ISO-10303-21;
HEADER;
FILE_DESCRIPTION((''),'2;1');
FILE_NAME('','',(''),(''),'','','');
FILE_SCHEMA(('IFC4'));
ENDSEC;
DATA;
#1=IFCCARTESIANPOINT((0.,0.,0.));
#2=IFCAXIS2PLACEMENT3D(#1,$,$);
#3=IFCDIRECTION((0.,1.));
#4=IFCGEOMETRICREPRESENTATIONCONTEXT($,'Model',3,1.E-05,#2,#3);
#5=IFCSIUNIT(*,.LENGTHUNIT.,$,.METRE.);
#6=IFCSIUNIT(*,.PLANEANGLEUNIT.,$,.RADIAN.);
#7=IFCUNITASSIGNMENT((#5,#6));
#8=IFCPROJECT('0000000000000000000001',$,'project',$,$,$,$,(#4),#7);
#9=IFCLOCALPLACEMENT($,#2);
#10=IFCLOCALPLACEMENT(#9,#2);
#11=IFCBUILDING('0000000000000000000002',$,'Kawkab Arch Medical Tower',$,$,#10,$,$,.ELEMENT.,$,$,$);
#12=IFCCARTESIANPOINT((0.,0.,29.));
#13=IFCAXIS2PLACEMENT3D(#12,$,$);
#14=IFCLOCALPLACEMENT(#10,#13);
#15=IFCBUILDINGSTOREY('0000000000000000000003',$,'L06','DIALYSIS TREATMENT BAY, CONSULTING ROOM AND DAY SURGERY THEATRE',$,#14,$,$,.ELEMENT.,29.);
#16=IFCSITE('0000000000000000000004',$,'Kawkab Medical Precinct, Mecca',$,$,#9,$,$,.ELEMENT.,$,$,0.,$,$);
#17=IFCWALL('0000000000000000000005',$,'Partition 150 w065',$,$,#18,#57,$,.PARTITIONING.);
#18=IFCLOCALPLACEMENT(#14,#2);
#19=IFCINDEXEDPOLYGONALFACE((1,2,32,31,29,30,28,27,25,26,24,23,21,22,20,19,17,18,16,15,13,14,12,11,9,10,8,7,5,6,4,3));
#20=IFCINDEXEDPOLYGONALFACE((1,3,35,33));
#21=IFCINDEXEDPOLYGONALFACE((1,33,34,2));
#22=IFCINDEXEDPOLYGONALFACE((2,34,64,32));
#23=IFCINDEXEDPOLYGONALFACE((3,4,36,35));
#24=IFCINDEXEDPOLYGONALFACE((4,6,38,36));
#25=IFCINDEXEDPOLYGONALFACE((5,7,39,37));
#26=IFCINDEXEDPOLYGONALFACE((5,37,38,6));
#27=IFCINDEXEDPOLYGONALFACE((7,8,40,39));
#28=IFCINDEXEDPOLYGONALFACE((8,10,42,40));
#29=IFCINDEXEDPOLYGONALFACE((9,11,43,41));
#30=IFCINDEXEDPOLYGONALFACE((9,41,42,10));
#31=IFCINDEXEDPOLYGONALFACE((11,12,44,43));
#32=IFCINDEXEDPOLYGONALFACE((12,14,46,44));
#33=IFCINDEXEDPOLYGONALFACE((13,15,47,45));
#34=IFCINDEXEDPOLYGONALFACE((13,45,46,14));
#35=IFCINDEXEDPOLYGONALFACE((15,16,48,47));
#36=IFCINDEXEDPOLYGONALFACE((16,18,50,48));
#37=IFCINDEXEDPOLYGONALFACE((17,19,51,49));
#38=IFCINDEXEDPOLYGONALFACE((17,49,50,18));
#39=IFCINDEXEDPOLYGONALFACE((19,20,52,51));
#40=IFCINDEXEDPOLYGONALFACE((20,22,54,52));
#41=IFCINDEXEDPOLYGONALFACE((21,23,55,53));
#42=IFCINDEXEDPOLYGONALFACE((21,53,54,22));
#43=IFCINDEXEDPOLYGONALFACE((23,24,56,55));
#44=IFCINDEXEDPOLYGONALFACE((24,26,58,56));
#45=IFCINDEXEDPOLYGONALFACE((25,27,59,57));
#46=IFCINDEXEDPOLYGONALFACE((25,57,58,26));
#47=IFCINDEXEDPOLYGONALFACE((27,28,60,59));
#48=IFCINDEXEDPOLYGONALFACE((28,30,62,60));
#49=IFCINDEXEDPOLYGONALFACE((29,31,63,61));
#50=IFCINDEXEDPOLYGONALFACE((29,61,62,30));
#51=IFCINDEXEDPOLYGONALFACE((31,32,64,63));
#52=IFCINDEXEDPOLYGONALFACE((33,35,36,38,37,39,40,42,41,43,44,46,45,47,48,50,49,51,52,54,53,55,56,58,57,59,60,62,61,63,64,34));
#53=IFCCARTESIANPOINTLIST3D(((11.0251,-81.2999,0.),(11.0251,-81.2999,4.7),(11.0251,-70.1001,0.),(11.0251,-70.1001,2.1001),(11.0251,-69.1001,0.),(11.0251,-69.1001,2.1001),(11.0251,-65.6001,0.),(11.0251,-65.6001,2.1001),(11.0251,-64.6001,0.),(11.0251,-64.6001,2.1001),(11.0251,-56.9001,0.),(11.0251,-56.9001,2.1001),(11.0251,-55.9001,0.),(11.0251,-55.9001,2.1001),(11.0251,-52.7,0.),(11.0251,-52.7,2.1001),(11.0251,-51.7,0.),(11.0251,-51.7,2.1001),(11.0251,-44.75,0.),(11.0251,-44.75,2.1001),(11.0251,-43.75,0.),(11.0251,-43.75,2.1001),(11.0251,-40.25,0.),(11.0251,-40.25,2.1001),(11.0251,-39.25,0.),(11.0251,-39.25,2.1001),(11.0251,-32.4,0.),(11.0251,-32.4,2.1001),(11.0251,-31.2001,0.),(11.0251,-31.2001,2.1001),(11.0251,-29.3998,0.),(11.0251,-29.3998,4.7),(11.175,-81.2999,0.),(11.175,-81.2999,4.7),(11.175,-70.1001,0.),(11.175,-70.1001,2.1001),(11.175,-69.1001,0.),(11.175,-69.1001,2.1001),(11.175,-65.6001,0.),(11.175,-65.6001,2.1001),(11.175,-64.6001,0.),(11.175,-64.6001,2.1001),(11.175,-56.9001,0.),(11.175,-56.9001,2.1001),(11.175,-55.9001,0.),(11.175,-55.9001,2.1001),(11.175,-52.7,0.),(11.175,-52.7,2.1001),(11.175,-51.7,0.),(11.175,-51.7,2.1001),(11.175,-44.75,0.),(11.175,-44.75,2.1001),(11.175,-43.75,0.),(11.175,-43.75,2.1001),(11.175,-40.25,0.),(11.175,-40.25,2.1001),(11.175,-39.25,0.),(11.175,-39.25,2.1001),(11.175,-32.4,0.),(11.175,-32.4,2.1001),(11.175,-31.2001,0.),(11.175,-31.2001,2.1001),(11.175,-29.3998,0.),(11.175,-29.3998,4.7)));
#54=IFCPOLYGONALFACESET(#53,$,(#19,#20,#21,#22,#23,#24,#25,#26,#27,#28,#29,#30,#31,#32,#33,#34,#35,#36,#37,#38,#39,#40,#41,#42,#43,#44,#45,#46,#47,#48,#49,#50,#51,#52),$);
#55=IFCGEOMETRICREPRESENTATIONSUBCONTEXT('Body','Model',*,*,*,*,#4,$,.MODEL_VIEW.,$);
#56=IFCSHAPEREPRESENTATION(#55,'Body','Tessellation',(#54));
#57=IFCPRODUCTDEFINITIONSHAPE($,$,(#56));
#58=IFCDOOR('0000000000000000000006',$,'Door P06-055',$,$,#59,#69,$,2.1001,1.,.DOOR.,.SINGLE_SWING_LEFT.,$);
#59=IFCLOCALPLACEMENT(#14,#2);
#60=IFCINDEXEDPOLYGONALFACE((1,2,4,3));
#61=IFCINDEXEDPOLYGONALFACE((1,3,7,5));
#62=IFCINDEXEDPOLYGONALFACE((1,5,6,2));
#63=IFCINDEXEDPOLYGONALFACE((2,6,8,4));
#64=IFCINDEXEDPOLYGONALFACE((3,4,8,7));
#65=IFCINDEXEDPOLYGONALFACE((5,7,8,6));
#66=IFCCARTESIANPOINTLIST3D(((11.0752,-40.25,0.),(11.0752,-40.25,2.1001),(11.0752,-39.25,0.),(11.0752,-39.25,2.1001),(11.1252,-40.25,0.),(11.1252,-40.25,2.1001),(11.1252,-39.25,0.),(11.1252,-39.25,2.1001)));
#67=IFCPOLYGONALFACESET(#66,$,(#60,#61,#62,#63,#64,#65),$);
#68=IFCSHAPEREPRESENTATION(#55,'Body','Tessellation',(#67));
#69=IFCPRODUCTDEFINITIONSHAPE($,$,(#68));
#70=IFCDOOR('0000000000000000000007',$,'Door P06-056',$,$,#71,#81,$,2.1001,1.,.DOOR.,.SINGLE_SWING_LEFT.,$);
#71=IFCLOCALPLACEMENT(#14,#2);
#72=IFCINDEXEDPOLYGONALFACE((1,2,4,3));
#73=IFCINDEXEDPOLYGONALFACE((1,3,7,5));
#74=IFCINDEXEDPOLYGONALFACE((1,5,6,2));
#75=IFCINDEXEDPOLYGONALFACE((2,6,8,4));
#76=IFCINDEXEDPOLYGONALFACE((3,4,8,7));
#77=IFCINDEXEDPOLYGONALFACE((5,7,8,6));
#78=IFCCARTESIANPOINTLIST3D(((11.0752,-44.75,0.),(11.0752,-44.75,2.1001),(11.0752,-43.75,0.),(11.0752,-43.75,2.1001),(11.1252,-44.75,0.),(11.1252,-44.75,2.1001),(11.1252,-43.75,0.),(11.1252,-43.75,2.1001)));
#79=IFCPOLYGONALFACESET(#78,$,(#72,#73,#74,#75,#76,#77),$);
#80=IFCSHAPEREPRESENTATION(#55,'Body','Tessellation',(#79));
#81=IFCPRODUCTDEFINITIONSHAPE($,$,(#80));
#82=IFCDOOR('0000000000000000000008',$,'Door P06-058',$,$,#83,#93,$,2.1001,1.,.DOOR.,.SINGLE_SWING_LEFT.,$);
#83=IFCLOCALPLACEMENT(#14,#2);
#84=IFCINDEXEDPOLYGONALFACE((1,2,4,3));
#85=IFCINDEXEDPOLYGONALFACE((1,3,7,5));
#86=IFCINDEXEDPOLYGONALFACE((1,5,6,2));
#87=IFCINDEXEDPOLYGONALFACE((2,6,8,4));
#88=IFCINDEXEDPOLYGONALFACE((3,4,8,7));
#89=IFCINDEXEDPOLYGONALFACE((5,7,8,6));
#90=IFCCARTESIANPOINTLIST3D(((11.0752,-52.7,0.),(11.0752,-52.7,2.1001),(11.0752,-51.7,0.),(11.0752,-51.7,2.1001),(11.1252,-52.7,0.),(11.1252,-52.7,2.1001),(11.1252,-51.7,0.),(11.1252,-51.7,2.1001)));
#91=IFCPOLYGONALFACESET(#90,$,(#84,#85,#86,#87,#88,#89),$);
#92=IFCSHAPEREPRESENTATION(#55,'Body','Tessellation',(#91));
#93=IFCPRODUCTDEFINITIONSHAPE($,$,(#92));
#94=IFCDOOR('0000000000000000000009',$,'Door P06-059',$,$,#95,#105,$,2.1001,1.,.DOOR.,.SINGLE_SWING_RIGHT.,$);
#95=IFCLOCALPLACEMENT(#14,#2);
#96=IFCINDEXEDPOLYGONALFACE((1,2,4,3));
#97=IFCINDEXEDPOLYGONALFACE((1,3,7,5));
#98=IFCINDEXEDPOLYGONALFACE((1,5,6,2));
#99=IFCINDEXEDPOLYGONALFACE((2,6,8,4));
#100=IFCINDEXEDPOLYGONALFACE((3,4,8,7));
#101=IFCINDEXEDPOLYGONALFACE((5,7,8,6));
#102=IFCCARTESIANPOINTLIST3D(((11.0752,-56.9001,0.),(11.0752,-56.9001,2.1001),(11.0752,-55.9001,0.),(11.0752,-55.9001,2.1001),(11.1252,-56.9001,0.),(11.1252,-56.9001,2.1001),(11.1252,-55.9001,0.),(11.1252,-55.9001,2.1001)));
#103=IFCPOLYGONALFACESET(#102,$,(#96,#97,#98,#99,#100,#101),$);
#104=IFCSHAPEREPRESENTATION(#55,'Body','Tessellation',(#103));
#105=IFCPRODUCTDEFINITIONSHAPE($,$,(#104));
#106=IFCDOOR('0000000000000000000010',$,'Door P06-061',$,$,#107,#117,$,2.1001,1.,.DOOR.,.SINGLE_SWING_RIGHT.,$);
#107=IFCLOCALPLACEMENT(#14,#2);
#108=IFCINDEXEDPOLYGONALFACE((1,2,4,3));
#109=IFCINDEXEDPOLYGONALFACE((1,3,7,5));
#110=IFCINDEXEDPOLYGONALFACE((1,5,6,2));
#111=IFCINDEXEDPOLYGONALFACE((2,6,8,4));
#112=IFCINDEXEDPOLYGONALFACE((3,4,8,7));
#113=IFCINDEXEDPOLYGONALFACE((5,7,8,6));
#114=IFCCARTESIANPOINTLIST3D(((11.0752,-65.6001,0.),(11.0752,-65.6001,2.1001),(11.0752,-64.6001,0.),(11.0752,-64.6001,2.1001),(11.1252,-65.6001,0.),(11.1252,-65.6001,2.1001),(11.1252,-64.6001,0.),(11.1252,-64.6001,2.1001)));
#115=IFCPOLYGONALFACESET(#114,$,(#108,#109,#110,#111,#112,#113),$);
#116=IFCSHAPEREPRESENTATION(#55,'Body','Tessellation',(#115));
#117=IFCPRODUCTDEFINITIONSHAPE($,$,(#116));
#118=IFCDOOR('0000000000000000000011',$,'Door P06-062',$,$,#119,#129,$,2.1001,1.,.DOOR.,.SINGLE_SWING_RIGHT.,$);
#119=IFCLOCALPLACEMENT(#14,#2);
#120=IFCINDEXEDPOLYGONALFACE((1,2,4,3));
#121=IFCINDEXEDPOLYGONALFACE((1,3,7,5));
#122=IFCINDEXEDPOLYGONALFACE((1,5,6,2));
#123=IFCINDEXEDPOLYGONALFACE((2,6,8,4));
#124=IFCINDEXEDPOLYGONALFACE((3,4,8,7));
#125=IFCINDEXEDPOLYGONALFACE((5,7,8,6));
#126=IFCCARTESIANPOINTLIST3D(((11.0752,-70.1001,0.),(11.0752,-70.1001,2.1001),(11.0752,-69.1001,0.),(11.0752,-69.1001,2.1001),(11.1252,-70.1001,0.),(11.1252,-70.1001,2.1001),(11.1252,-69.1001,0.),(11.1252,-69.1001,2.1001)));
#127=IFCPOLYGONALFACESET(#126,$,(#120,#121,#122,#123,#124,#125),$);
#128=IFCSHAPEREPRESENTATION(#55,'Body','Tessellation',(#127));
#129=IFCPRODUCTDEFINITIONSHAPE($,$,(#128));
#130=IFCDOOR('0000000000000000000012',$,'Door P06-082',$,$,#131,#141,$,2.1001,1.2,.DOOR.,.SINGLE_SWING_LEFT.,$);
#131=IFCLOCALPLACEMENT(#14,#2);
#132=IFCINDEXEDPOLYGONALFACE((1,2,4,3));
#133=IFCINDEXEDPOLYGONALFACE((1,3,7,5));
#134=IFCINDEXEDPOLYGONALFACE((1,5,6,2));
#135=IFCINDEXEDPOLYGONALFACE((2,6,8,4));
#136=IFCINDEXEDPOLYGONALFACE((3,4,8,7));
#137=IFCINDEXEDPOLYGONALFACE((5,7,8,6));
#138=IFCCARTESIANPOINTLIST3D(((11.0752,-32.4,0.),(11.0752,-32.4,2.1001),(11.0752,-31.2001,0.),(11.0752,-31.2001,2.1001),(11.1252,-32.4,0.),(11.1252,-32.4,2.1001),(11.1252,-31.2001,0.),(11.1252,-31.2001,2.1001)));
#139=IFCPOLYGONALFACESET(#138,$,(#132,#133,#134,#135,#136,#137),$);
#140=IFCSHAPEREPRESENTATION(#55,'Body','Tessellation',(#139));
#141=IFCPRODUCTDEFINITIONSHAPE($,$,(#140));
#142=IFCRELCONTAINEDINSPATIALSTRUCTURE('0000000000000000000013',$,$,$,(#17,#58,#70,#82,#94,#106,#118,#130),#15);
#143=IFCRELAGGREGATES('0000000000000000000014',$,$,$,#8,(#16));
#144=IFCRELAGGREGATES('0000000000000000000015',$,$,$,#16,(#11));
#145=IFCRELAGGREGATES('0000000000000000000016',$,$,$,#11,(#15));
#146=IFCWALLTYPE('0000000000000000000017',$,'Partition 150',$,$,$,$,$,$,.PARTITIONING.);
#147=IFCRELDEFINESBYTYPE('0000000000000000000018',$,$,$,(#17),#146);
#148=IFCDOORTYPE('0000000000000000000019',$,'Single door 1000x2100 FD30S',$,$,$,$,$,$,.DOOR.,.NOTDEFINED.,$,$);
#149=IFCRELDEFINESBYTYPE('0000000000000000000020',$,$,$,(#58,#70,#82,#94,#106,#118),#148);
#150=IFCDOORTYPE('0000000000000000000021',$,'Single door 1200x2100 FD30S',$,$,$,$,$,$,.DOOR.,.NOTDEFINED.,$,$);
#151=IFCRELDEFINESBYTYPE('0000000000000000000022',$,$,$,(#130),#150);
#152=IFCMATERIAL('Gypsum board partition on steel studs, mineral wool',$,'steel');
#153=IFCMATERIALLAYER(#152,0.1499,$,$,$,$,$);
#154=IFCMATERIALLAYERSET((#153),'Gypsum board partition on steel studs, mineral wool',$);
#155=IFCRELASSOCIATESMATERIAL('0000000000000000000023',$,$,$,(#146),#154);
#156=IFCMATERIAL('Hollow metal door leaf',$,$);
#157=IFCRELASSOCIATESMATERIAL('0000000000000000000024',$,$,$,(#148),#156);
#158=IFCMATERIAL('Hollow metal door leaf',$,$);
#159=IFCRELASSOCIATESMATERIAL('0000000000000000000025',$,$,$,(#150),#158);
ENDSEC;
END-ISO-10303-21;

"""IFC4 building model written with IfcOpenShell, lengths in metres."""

from ifc_helpers import new_model, si_unit, direction, frame, frame_2d, origin, place, context, subcontext, project, spatial, rectangle, extrude, material, layer, layer_set, type_object, element, fill, save


model = new_model("IFC4")

# Units and contexts
model_context = context("Model", 3, precision=1e-05, world=origin(), true_north=direction((0.0, 1.0)))
body_context = subcontext(model_context, "Body", "Model", "MODEL_VIEW")
ifc_project = project(units=[si_unit("LENGTHUNIT", "METRE"), si_unit("PLANEANGLEUNIT", "RADIAN")], contexts=[model_context])

# Site, building, storey
site_placement = place(None, origin())
site = spatial("IfcSite", under=ifc_project, at=site_placement, Name="Kawkab Medical Precinct, Mecca", CompositionType="ELEMENT", RefElevation=0.0)
building_placement = place(site_placement, origin())
building = spatial("IfcBuilding", under=site, at=building_placement, Name="Kawkab Arch Medical Tower", CompositionType="ELEMENT")
storey_placement = place(building_placement, frame((0.0, 0.0, 29.0)))
storey = spatial("IfcBuildingStorey", under=building, at=storey_placement, Name="L06", Description="DIALYSIS TREATMENT BAY, CONSULTING ROOM AND DAY SURGERY THEATRE", CompositionType="ELEMENT", Elevation=29.0)

# Shared definitions
ifc_material_1 = material(Name="Gypsum board partition on steel studs, mineral wool", Category="steel")
ifc_layer = layer(ifc_material_1, 0.1499)
ifc_layer_set = layer_set([ifc_layer], Name="Gypsum board partition on steel studs, mineral wool")
wall_type = type_object("IfcWallType", Name="Partition 150", PredefinedType="PARTITIONING", material=ifc_layer_set)
ifc_material_2 = material(Name="Hollow metal door leaf")
door_type_1 = type_object("IfcDoorType", Name="Single door 1000x2100 FD30S", OperationType="NOTDEFINED", PredefinedType="DOOR", material=ifc_material_2)

# Wall, openings, doors
wall_1_placement = place(storey_placement, frame((11.1001, -81.3, 0.0), z_axis=(0.0, 0.0, 1.0), x_axis=(0.0, 1.0, 0.0)))
wall_1 = element("IfcWall", 1, at=wall_1_placement, inside=storey, type_object=wall_type, Name="Partition 150 w065", PredefinedType="PARTITIONING", context=body_context, shape_type="SweptSolid", body=[
    extrude(rectangle(XDim=51.9001, YDim=0.1499, at=frame_2d((25.9502, 0.0))), origin(), (0.0, 0.0, 1.0), 4.7),
])
opening_1_placement = place(wall_1_placement, frame((48.8999, 0.0, 0.0)))
opening_1 = element("IfcOpeningElement", 2, at=opening_1_placement, cuts=wall_1, PredefinedType="OPENING", context=body_context, shape_type="SweptSolid", body=[
    extrude(rectangle(XDim=1.2, YDim=2.1001, at=frame_2d((0.6001, 1.05))), frame((0.0, 0.085, 0.0), z_axis=(0.0, -1.0, 0.0), x_axis=(1.0, 0.0, 0.0)), (0.0, 0.0, 1.0), 0.1699),
])
opening_2_placement = place(wall_1_placement, frame((41.05, 0.0, 0.0)))
opening_2 = element("IfcOpeningElement", 3, at=opening_2_placement, cuts=wall_1, PredefinedType="OPENING", context=body_context, shape_type="SweptSolid", body=[
    extrude(rectangle(XDim=1.0, YDim=2.1001, at=frame_2d((0.5, 1.05))), frame((0.0, 0.085, 0.0), z_axis=(0.0, -1.0, 0.0), x_axis=(1.0, 0.0, 0.0)), (0.0, 0.0, 1.0), 0.1699),
])
opening_3_placement = place(wall_1_placement, frame((36.55, 0.0, 0.0)))
opening_3 = element("IfcOpeningElement", 4, at=opening_3_placement, cuts=wall_1, PredefinedType="OPENING", context=body_context, shape_type="SweptSolid", body=[
    extrude(rectangle(XDim=1.0, YDim=2.1001, at=frame_2d((0.5, 1.05))), frame((0.0, 0.085, 0.0), z_axis=(0.0, -1.0, 0.0), x_axis=(1.0, 0.0, 0.0)), (0.0, 0.0, 1.0), 0.1699),
])
opening_4_placement = place(wall_1_placement, frame((28.6001, 0.0, 0.0)))
opening_4 = element("IfcOpeningElement", 5, at=opening_4_placement, cuts=wall_1, PredefinedType="OPENING", context=body_context, shape_type="SweptSolid", body=[
    extrude(rectangle(XDim=1.0, YDim=2.1001, at=frame_2d((0.5, 1.05))), frame((0.0, 0.085, 0.0), z_axis=(0.0, -1.0, 0.0), x_axis=(1.0, 0.0, 0.0)), (0.0, 0.0, 1.0), 0.1699),
])
opening_5_placement = place(wall_1_placement, frame((24.3999, 0.0, 0.0)))
opening_5 = element("IfcOpeningElement", 6, at=opening_5_placement, cuts=wall_1, PredefinedType="OPENING", context=body_context, shape_type="SweptSolid", body=[
    extrude(rectangle(XDim=1.0, YDim=2.1001, at=frame_2d((0.5, 1.05))), frame((0.0, 0.085, 0.0), z_axis=(0.0, -1.0, 0.0), x_axis=(1.0, 0.0, 0.0)), (0.0, 0.0, 1.0), 0.1699),
])
opening_6_placement = place(wall_1_placement, frame((15.7, 0.0, 0.0)))
opening_6 = element("IfcOpeningElement", 7, at=opening_6_placement, cuts=wall_1, PredefinedType="OPENING", context=body_context, shape_type="SweptSolid", body=[
    extrude(rectangle(XDim=1.0, YDim=2.1001, at=frame_2d((0.5, 1.05))), frame((0.0, 0.085, 0.0), z_axis=(0.0, -1.0, 0.0), x_axis=(1.0, 0.0, 0.0)), (0.0, 0.0, 1.0), 0.1699),
])
opening_7_placement = place(wall_1_placement, frame((11.2, 0.0, 0.0)))
opening_7 = element("IfcOpeningElement", 8, at=opening_7_placement, cuts=wall_1, PredefinedType="OPENING", context=body_context, shape_type="SweptSolid", body=[
    extrude(rectangle(XDim=1.0, YDim=2.1001, at=frame_2d((0.5, 1.05))), frame((0.0, 0.085, 0.0), z_axis=(0.0, -1.0, 0.0), x_axis=(1.0, 0.0, 0.0)), (0.0, 0.0, 1.0), 0.1699),
])
door_1_placement = place(opening_2_placement, origin())
door_1 = element("IfcDoor", 9, at=door_1_placement, inside=storey, type_object=door_type_1, Name="Door P06-055", OperationType="SINGLE_SWING_LEFT", OverallHeight=2.1001, OverallWidth=1.0, PredefinedType="DOOR", context=body_context, shape_type="SweptSolid", body=[
    extrude(rectangle(XDim=1.0, YDim=2.1001, at=frame_2d((0.5, 1.05))), frame((0.0, 0.0249, 0.0), z_axis=(0.0, -1.0, 0.0), x_axis=(1.0, 0.0, 0.0)), (0.0, 0.0, 1.0), 0.05),
])
fill(opening_2, door_1)
door_2_placement = place(opening_3_placement, origin())
door_2 = element("IfcDoor", 10, at=door_2_placement, inside=storey, type_object=door_type_1, Name="Door P06-056", OperationType="SINGLE_SWING_LEFT", OverallHeight=2.1001, OverallWidth=1.0, PredefinedType="DOOR", context=body_context, shape_type="SweptSolid", body=[
    extrude(rectangle(XDim=1.0, YDim=2.1001, at=frame_2d((0.5, 1.05))), frame((0.0, 0.0249, 0.0), z_axis=(0.0, -1.0, 0.0), x_axis=(1.0, 0.0, 0.0)), (0.0, 0.0, 1.0), 0.05),
])
fill(opening_3, door_2)
door_3_placement = place(opening_4_placement, origin())
door_3 = element("IfcDoor", 11, at=door_3_placement, inside=storey, type_object=door_type_1, Name="Door P06-058", OperationType="SINGLE_SWING_LEFT", OverallHeight=2.1001, OverallWidth=1.0, PredefinedType="DOOR", context=body_context, shape_type="SweptSolid", body=[
    extrude(rectangle(XDim=1.0, YDim=2.1001, at=frame_2d((0.5, 1.05))), frame((0.0, 0.0249, 0.0), z_axis=(0.0, -1.0, 0.0), x_axis=(1.0, 0.0, 0.0)), (0.0, 0.0, 1.0), 0.05),
])
fill(opening_4, door_3)
door_4_placement = place(opening_5_placement, origin())
door_4 = element("IfcDoor", 12, at=door_4_placement, inside=storey, type_object=door_type_1, Name="Door P06-059", OperationType="SINGLE_SWING_RIGHT", OverallHeight=2.1001, OverallWidth=1.0, PredefinedType="DOOR", context=body_context, shape_type="SweptSolid", body=[
    extrude(rectangle(XDim=1.0, YDim=2.1001, at=frame_2d((0.5, 1.05))), frame((0.0, 0.0249, 0.0), z_axis=(0.0, -1.0, 0.0), x_axis=(1.0, 0.0, 0.0)), (0.0, 0.0, 1.0), 0.05),
])
fill(opening_5, door_4)
door_5_placement = place(opening_6_placement, origin())
door_5 = element("IfcDoor", 13, at=door_5_placement, inside=storey, type_object=door_type_1, Name="Door P06-061", OperationType="SINGLE_SWING_RIGHT", OverallHeight=2.1001, OverallWidth=1.0, PredefinedType="DOOR", context=body_context, shape_type="SweptSolid", body=[
    extrude(rectangle(XDim=1.0, YDim=2.1001, at=frame_2d((0.5, 1.05))), frame((0.0, 0.0249, 0.0), z_axis=(0.0, -1.0, 0.0), x_axis=(1.0, 0.0, 0.0)), (0.0, 0.0, 1.0), 0.05),
])
fill(opening_6, door_5)
door_6_placement = place(opening_7_placement, origin())
door_6 = element("IfcDoor", 14, at=door_6_placement, inside=storey, type_object=door_type_1, Name="Door P06-062", OperationType="SINGLE_SWING_RIGHT", OverallHeight=2.1001, OverallWidth=1.0, PredefinedType="DOOR", context=body_context, shape_type="SweptSolid", body=[
    extrude(rectangle(XDim=1.0, YDim=2.1001, at=frame_2d((0.5, 1.05))), frame((0.0, 0.0249, 0.0), z_axis=(0.0, -1.0, 0.0), x_axis=(1.0, 0.0, 0.0)), (0.0, 0.0, 1.0), 0.05),
])
fill(opening_7, door_6)
ifc_material_3 = material(Name="Hollow metal door leaf")
door_type_2 = type_object("IfcDoorType", Name="Single door 1200x2100 FD30S", OperationType="NOTDEFINED", PredefinedType="DOOR", material=ifc_material_3)
door_7_placement = place(opening_1_placement, origin())
door_7 = element("IfcDoor", 15, at=door_7_placement, inside=storey, type_object=door_type_2, Name="Door P06-082", OperationType="SINGLE_SWING_LEFT", OverallHeight=2.1001, OverallWidth=1.2, PredefinedType="DOOR", context=body_context, shape_type="SweptSolid", body=[
    extrude(rectangle(XDim=1.2, YDim=2.1001, at=frame_2d((0.6001, 1.05))), frame((0.0, 0.0249, 0.0), z_axis=(0.0, -1.0, 0.0), x_axis=(1.0, 0.0, 0.0)), (0.0, 0.0, 1.0), 0.05),
])
fill(opening_1, door_7)

save(model, "model.ifc")
